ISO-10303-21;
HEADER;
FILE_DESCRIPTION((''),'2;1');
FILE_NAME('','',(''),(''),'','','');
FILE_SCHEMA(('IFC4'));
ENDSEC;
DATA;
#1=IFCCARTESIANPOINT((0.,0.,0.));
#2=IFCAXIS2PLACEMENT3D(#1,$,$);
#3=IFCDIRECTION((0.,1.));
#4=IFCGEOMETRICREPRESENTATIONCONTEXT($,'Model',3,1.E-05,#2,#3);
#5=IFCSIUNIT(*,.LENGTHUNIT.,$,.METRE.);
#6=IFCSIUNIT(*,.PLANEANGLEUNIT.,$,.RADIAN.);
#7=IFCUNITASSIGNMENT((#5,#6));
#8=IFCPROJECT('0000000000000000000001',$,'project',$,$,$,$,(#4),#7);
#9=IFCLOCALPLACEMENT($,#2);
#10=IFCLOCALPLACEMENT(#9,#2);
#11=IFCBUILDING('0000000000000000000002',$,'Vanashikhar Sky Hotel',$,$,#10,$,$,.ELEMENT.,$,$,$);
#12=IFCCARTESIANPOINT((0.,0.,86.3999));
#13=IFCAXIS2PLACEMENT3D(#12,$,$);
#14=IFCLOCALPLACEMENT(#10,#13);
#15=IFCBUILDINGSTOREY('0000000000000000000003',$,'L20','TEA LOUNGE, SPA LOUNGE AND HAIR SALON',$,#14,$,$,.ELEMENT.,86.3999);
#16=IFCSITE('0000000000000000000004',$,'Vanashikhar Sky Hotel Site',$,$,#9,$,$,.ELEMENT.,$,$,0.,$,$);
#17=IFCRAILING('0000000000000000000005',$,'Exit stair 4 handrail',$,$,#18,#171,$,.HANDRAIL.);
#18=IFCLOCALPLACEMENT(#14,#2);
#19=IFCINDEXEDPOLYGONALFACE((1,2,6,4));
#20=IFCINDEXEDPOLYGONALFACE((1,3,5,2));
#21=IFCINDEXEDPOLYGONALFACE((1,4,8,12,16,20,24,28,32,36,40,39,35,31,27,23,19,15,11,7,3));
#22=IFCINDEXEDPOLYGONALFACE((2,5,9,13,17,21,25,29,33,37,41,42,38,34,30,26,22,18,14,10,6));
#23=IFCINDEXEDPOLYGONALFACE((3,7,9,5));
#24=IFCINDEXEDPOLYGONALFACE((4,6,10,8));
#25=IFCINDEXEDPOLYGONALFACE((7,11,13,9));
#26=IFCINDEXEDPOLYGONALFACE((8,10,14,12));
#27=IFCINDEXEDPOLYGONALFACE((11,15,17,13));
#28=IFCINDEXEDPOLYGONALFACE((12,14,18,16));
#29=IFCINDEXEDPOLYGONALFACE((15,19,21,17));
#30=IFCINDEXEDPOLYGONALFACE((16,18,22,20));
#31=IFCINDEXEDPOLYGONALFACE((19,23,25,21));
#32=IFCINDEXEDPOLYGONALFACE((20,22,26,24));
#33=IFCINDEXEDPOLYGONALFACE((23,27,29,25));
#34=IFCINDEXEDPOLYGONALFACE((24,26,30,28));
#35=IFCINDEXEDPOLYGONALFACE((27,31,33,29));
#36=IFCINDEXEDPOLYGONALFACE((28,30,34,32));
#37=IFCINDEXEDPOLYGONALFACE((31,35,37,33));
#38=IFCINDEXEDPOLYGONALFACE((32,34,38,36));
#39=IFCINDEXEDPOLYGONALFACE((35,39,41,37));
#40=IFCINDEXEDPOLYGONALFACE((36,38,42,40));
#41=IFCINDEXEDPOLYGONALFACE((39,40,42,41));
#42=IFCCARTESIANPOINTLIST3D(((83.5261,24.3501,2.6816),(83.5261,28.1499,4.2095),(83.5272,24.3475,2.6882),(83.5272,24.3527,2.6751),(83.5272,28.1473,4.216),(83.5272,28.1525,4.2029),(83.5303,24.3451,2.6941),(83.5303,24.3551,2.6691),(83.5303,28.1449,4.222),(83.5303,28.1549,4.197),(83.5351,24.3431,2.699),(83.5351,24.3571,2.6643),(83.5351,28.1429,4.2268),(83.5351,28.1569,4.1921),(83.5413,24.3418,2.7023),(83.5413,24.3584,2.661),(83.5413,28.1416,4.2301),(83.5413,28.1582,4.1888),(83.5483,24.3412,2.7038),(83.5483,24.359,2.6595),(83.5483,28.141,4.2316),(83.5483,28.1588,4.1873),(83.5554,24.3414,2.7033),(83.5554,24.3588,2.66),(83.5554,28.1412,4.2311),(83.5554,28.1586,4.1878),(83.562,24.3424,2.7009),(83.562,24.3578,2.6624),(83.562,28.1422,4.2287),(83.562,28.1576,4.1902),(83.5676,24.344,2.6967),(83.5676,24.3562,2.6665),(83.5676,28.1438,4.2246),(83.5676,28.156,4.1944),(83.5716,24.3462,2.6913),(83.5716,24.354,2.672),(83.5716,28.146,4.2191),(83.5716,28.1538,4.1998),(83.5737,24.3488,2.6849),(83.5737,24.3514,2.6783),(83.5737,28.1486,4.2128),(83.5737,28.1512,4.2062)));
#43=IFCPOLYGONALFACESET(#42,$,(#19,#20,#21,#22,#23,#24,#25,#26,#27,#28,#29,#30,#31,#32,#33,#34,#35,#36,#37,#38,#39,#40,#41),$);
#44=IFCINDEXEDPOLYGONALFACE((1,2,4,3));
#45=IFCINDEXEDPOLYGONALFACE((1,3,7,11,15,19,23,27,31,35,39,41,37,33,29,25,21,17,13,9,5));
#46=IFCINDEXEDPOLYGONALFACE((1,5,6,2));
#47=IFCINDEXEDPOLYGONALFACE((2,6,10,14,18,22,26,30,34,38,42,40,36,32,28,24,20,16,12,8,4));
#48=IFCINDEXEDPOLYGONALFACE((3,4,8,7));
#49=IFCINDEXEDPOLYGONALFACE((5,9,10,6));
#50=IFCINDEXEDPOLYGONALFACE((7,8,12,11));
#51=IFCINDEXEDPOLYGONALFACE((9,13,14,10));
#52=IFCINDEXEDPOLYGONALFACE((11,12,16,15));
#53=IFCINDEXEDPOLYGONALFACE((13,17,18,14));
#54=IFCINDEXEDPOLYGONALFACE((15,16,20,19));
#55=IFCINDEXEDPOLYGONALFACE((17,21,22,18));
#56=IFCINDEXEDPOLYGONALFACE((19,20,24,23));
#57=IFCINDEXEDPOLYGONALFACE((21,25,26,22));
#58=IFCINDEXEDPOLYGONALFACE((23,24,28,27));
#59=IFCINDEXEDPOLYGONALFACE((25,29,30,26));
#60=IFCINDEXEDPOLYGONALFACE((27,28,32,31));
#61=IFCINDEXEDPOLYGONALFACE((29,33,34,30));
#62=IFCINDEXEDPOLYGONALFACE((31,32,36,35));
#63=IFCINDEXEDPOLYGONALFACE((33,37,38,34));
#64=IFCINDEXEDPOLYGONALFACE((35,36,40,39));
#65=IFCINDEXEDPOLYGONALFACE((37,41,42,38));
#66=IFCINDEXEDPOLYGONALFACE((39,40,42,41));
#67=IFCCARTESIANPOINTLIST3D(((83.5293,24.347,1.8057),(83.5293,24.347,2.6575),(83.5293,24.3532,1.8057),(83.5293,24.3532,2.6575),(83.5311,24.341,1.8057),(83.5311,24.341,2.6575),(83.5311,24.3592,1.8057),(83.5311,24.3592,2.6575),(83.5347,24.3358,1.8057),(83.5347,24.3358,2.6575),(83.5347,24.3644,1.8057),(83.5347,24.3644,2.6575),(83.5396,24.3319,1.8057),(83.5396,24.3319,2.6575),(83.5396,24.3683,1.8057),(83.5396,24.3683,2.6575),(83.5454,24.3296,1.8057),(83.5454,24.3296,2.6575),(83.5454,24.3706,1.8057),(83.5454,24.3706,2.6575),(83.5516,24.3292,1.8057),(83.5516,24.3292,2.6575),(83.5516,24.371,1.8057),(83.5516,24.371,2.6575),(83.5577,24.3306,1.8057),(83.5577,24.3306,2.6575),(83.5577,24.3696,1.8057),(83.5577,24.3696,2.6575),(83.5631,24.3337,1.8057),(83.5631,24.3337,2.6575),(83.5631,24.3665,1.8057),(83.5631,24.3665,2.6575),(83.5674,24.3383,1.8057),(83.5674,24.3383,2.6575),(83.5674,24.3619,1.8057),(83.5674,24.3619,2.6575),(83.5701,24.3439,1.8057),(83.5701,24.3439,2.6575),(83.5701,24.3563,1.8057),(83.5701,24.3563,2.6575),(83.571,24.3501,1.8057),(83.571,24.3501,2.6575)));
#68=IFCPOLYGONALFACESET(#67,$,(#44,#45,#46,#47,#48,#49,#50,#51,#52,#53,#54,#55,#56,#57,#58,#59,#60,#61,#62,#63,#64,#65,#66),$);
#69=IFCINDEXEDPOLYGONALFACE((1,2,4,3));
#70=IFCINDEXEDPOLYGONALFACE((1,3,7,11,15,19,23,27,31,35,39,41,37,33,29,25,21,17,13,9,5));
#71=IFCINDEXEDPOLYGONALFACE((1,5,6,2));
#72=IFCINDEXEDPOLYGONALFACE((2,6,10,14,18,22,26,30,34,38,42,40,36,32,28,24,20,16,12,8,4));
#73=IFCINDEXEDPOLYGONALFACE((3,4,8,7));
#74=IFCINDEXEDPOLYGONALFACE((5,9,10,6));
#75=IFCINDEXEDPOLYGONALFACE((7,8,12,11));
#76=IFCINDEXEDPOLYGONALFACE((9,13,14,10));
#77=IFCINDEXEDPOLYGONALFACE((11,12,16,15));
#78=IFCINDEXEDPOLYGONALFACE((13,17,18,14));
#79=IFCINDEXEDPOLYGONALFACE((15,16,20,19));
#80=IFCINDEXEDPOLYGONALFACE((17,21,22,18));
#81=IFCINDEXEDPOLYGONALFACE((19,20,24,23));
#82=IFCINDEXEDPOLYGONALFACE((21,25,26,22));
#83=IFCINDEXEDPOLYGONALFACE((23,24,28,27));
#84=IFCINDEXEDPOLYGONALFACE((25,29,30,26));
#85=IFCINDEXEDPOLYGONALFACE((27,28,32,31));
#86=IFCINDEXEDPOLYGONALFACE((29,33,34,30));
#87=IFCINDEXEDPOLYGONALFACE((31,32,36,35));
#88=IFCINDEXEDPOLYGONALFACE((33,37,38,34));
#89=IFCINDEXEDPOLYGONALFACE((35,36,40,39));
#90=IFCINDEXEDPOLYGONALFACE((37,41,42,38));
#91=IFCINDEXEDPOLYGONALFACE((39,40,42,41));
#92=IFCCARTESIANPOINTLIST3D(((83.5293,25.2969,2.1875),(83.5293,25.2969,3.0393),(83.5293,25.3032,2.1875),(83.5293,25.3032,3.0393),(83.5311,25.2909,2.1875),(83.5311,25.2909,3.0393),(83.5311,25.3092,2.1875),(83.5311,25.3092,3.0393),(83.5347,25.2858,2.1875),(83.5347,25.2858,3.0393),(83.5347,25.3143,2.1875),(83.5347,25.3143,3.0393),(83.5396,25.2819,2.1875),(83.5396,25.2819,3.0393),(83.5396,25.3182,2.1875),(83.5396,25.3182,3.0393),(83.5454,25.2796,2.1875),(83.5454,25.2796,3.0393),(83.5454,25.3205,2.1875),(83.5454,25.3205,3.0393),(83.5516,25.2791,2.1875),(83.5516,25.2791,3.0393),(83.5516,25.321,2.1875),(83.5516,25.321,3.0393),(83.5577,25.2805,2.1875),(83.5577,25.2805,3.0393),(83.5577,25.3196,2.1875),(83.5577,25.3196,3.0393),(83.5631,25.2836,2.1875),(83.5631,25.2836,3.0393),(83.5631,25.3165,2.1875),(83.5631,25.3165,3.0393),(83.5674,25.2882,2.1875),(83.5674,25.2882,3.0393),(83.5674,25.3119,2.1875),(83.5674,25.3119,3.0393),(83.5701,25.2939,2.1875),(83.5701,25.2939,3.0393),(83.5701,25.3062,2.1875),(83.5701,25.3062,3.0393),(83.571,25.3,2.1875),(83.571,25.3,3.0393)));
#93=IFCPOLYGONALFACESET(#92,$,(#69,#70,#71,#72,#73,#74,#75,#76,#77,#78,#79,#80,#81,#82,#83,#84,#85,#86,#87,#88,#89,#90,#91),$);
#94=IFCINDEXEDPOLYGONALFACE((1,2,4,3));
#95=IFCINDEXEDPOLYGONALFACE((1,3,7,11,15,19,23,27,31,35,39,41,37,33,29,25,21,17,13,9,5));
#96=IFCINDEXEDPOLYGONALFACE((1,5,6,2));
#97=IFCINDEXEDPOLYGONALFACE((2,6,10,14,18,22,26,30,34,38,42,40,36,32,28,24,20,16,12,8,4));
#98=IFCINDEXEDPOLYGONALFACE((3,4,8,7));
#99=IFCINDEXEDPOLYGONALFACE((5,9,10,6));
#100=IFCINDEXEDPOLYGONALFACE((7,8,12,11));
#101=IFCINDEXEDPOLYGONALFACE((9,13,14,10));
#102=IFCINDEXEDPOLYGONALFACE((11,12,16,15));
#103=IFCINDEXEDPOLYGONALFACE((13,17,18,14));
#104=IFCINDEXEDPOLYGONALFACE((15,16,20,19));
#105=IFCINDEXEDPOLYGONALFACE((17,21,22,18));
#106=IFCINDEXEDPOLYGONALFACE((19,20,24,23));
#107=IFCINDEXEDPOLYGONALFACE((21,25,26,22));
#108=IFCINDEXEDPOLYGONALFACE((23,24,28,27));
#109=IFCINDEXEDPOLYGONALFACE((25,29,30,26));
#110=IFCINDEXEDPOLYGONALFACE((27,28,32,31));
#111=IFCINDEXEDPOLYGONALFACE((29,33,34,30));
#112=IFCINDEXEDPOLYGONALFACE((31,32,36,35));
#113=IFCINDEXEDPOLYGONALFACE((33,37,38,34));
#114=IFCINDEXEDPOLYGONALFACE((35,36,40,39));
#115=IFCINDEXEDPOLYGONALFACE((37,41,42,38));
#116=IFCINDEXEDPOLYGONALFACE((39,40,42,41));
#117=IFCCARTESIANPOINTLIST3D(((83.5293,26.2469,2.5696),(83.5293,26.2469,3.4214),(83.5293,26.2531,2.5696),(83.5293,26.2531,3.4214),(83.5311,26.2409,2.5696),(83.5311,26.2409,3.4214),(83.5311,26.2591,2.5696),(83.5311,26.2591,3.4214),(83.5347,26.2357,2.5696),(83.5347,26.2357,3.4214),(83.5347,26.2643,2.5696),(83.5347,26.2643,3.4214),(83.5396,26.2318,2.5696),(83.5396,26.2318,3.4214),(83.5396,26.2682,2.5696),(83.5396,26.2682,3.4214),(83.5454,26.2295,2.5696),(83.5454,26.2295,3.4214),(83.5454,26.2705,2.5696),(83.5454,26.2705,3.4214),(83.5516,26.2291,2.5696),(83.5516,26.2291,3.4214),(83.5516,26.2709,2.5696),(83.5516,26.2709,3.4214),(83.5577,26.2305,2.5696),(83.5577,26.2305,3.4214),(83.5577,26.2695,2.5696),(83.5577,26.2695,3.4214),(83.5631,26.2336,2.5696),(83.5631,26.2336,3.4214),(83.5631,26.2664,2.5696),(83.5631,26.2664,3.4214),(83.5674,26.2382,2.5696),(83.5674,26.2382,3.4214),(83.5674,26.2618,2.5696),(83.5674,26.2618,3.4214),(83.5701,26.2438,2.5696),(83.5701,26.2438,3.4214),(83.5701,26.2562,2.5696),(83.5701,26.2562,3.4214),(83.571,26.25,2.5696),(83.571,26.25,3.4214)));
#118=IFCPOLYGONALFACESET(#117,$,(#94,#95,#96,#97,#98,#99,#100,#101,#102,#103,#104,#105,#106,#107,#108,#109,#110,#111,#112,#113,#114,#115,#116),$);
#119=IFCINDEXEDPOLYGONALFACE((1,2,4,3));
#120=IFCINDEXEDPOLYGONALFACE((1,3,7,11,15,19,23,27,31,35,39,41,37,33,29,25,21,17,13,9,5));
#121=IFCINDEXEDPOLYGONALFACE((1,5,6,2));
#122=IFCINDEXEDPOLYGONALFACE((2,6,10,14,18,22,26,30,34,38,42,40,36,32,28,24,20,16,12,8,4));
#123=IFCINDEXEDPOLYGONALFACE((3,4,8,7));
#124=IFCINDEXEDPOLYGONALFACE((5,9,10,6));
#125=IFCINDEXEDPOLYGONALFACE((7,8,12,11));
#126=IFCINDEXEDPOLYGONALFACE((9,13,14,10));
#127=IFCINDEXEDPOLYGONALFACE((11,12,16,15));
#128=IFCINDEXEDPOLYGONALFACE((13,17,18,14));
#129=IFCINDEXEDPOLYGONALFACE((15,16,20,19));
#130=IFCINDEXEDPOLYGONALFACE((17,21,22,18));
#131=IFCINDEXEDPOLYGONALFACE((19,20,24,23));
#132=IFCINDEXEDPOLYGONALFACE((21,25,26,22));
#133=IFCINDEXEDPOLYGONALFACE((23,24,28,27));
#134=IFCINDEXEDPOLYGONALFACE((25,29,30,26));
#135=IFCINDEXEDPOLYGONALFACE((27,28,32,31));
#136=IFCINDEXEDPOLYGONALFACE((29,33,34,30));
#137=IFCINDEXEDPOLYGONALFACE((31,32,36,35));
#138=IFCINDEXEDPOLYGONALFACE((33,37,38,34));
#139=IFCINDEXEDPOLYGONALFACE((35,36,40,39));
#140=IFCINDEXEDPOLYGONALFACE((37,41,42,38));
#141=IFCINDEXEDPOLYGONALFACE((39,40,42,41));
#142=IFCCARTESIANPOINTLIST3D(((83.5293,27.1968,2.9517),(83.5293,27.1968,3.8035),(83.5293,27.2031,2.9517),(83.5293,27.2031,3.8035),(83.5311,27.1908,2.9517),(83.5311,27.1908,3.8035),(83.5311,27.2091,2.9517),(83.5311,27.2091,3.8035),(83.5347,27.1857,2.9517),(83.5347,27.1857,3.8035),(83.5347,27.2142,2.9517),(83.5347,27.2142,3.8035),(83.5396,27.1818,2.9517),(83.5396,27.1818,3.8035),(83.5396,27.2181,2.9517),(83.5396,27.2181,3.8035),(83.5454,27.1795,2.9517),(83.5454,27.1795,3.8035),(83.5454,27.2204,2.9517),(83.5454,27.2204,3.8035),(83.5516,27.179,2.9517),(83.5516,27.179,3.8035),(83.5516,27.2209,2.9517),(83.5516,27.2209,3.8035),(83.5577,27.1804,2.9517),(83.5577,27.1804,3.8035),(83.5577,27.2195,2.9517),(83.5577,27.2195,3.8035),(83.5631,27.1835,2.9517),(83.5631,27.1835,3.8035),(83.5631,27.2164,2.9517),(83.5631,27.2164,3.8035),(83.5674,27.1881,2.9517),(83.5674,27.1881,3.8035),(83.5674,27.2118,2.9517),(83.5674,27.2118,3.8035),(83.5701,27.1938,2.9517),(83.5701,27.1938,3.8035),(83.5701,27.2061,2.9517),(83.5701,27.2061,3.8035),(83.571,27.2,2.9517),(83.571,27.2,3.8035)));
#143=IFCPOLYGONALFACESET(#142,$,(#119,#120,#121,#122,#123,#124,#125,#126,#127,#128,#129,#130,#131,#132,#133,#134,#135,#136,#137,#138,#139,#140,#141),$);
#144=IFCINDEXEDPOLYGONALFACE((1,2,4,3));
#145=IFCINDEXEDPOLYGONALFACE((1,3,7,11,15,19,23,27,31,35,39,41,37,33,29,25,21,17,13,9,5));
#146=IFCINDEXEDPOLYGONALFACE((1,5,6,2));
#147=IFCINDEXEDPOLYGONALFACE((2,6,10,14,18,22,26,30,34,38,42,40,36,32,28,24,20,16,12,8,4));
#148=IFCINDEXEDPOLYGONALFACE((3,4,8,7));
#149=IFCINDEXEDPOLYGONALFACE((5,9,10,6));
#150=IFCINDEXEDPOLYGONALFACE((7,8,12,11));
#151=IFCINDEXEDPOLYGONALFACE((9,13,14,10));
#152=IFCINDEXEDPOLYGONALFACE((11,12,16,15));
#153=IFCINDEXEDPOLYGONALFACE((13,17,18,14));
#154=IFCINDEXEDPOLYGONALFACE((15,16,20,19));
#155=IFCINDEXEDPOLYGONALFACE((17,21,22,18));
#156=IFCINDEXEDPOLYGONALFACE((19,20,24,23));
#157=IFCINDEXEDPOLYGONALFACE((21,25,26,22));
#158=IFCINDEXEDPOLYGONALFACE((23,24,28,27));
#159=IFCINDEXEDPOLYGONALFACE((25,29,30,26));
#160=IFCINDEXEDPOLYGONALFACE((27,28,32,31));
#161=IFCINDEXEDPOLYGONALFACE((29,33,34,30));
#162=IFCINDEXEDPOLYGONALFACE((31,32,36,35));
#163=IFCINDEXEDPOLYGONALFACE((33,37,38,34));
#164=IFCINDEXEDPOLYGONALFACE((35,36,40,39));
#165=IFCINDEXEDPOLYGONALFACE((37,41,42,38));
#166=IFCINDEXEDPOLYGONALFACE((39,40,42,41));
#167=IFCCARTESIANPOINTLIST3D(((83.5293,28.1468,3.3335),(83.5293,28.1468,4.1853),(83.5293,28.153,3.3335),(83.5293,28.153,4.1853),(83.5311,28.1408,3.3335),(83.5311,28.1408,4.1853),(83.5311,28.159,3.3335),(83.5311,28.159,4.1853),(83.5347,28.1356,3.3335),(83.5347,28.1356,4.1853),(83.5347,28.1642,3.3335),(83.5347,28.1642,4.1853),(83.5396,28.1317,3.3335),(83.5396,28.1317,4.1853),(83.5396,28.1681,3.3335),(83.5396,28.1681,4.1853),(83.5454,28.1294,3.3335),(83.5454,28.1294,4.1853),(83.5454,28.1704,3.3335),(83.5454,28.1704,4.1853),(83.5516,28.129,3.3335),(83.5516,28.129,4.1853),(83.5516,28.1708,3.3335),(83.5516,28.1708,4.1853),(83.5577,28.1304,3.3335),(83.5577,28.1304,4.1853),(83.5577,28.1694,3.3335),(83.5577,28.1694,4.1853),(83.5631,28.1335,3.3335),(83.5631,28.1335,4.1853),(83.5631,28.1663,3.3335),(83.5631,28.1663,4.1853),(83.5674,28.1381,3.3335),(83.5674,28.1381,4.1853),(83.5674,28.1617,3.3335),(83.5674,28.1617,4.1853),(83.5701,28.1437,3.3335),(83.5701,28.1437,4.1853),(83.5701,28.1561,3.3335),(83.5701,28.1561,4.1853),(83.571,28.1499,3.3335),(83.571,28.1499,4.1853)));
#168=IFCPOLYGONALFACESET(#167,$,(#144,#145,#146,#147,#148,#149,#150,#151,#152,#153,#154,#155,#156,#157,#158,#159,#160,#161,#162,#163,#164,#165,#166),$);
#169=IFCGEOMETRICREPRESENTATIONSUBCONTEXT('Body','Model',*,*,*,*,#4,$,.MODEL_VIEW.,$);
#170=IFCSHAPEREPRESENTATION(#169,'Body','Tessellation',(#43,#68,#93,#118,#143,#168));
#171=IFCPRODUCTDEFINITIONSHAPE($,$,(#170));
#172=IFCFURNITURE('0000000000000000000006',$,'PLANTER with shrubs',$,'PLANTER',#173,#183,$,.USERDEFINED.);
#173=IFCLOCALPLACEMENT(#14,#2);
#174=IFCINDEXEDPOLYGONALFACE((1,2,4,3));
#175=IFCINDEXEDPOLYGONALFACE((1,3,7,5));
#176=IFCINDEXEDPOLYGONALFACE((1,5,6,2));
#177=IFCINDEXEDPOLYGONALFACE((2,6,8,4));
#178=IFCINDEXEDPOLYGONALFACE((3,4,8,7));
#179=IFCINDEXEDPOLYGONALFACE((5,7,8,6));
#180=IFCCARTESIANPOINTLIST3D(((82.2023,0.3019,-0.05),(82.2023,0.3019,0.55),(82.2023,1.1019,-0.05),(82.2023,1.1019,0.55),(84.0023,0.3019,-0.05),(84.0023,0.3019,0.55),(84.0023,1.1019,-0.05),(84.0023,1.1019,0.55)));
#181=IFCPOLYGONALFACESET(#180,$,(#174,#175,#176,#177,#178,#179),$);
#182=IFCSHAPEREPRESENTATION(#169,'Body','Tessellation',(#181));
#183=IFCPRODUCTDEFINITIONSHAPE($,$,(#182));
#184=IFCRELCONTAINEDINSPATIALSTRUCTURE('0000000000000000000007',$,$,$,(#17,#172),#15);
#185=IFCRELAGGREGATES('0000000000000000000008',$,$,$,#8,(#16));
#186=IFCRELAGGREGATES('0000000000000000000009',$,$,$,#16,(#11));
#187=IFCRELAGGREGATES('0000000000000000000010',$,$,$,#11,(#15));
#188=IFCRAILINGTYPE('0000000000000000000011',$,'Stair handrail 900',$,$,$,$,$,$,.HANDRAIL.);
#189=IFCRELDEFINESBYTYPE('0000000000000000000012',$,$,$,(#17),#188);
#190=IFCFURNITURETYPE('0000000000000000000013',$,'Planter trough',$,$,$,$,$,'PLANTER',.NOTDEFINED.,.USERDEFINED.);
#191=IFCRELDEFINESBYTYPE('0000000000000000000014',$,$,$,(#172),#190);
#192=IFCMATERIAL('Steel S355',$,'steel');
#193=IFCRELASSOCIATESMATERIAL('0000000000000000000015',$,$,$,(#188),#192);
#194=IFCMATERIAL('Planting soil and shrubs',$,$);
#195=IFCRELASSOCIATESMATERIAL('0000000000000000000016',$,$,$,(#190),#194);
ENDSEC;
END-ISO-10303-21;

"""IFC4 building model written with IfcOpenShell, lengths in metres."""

from ifc_helpers import new_model, si_unit, direction, frame, origin, origin_2d, place, context, subcontext, project, spatial, rectangle, circle, extrude, source, transform, mapped, material, type_object, element, save


model = new_model("IFC4")

# Units and contexts
model_context = context("Model", 3, precision=1e-05, world=origin(), true_north=direction((0.0, 1.0)))
body_context = subcontext(model_context, "Body", "Model", "MODEL_VIEW")
ifc_project = project(units=[si_unit("LENGTHUNIT", "METRE"), si_unit("PLANEANGLEUNIT", "RADIAN")], contexts=[model_context])

# Site, building, storey
site_placement = place(None, origin())
site = spatial("IfcSite", under=ifc_project, at=site_placement, Name="Vanashikhar Sky Hotel Site", CompositionType="ELEMENT", RefElevation=0.0)
building_placement = place(site_placement, origin())
building = spatial("IfcBuilding", under=site, at=building_placement, Name="Vanashikhar Sky Hotel", CompositionType="ELEMENT")
storey_placement = place(building_placement, frame((0.0, 0.0, 86.3999)))
storey = spatial("IfcBuildingStorey", under=building, at=storey_placement, Name="L20", Description="TEA LOUNGE, SPA LOUNGE AND HAIR SALON", CompositionType="ELEMENT", Elevation=86.3999)

# Railing
ifc_material_1 = material(Name="Steel S355", Category="steel")
railing_type = type_object("IfcRailingType", Name="Stair handrail 900", PredefinedType="HANDRAIL", material=ifc_material_1)
shared_shape_1 = source(origin(), body_context, "Body", "SweptSolid", [
    extrude(circle(Radius=0.0239, at=origin_2d()), frame((0.0, 0.0, 0.876), z_axis=(0.0, 0.927809, 0.373055), x_axis=(-1.0, 0.0, 0.0)), (0.0, 0.0, 1.0), 4.0955),
    extrude(circle(Radius=0.021, at=origin_2d()), origin(), (0.0, 0.0, 1.0), 0.8518),
    extrude(circle(Radius=0.021, at=origin_2d()), frame((0.0, 0.95, 0.3818)), (0.0, 0.0, 1.0), 0.8518),
    extrude(circle(Radius=0.021, at=origin_2d()), frame((0.0, 1.8999, 0.7639)), (0.0, 0.0, 1.0), 0.8518),
    extrude(circle(Radius=0.021, at=origin_2d()), frame((0.0, 2.8499, 1.146)), (0.0, 0.0, 1.0), 0.8518),
    extrude(circle(Radius=0.021, at=origin_2d()), frame((0.0, 3.7998, 1.5278)), (0.0, 0.0, 1.0), 0.8518),
])
railing_placement = place(storey_placement, frame((83.55, 24.3501, 1.8057)))
element("IfcRailing", 1, at=railing_placement, inside=storey, type_object=railing_type, Name="Exit stair 4 handrail", PredefinedType="HANDRAIL", context=body_context, shape_type="MappedRepresentation", body=[
    mapped(shared_shape_1, transform((0.0, 0.0, 0.0), scale=1.0)),
])

# Furniture
ifc_material_2 = material(Name="Planting soil and shrubs")
furniture_type = type_object("IfcFurnitureType", Name="Planter trough", ElementType="PLANTER", AssemblyPlace="NOTDEFINED", PredefinedType="USERDEFINED", material=ifc_material_2)
shared_shape_2 = source(origin(), body_context, "Body", "SweptSolid", [
    extrude(rectangle(XDim=1.8, YDim=0.8, at=origin_2d()), origin(), (0.0, 0.0, 1.0), 0.6001),
])
furniture_placement = place(storey_placement, frame((83.1023, 0.7019, -0.05), z_axis=(0.0, 0.0, 1.0), x_axis=(-1.0, 0.0, 0.0)))
element("IfcFurniture", 2, at=furniture_placement, inside=storey, type_object=furniture_type, Name="PLANTER with shrubs", ObjectType="PLANTER", PredefinedType="USERDEFINED", context=body_context, shape_type="MappedRepresentation", body=[
    mapped(shared_shape_2, transform((0.0, 0.0, 0.0), scale=1.0)),
])

save(model, "model.ifc")
